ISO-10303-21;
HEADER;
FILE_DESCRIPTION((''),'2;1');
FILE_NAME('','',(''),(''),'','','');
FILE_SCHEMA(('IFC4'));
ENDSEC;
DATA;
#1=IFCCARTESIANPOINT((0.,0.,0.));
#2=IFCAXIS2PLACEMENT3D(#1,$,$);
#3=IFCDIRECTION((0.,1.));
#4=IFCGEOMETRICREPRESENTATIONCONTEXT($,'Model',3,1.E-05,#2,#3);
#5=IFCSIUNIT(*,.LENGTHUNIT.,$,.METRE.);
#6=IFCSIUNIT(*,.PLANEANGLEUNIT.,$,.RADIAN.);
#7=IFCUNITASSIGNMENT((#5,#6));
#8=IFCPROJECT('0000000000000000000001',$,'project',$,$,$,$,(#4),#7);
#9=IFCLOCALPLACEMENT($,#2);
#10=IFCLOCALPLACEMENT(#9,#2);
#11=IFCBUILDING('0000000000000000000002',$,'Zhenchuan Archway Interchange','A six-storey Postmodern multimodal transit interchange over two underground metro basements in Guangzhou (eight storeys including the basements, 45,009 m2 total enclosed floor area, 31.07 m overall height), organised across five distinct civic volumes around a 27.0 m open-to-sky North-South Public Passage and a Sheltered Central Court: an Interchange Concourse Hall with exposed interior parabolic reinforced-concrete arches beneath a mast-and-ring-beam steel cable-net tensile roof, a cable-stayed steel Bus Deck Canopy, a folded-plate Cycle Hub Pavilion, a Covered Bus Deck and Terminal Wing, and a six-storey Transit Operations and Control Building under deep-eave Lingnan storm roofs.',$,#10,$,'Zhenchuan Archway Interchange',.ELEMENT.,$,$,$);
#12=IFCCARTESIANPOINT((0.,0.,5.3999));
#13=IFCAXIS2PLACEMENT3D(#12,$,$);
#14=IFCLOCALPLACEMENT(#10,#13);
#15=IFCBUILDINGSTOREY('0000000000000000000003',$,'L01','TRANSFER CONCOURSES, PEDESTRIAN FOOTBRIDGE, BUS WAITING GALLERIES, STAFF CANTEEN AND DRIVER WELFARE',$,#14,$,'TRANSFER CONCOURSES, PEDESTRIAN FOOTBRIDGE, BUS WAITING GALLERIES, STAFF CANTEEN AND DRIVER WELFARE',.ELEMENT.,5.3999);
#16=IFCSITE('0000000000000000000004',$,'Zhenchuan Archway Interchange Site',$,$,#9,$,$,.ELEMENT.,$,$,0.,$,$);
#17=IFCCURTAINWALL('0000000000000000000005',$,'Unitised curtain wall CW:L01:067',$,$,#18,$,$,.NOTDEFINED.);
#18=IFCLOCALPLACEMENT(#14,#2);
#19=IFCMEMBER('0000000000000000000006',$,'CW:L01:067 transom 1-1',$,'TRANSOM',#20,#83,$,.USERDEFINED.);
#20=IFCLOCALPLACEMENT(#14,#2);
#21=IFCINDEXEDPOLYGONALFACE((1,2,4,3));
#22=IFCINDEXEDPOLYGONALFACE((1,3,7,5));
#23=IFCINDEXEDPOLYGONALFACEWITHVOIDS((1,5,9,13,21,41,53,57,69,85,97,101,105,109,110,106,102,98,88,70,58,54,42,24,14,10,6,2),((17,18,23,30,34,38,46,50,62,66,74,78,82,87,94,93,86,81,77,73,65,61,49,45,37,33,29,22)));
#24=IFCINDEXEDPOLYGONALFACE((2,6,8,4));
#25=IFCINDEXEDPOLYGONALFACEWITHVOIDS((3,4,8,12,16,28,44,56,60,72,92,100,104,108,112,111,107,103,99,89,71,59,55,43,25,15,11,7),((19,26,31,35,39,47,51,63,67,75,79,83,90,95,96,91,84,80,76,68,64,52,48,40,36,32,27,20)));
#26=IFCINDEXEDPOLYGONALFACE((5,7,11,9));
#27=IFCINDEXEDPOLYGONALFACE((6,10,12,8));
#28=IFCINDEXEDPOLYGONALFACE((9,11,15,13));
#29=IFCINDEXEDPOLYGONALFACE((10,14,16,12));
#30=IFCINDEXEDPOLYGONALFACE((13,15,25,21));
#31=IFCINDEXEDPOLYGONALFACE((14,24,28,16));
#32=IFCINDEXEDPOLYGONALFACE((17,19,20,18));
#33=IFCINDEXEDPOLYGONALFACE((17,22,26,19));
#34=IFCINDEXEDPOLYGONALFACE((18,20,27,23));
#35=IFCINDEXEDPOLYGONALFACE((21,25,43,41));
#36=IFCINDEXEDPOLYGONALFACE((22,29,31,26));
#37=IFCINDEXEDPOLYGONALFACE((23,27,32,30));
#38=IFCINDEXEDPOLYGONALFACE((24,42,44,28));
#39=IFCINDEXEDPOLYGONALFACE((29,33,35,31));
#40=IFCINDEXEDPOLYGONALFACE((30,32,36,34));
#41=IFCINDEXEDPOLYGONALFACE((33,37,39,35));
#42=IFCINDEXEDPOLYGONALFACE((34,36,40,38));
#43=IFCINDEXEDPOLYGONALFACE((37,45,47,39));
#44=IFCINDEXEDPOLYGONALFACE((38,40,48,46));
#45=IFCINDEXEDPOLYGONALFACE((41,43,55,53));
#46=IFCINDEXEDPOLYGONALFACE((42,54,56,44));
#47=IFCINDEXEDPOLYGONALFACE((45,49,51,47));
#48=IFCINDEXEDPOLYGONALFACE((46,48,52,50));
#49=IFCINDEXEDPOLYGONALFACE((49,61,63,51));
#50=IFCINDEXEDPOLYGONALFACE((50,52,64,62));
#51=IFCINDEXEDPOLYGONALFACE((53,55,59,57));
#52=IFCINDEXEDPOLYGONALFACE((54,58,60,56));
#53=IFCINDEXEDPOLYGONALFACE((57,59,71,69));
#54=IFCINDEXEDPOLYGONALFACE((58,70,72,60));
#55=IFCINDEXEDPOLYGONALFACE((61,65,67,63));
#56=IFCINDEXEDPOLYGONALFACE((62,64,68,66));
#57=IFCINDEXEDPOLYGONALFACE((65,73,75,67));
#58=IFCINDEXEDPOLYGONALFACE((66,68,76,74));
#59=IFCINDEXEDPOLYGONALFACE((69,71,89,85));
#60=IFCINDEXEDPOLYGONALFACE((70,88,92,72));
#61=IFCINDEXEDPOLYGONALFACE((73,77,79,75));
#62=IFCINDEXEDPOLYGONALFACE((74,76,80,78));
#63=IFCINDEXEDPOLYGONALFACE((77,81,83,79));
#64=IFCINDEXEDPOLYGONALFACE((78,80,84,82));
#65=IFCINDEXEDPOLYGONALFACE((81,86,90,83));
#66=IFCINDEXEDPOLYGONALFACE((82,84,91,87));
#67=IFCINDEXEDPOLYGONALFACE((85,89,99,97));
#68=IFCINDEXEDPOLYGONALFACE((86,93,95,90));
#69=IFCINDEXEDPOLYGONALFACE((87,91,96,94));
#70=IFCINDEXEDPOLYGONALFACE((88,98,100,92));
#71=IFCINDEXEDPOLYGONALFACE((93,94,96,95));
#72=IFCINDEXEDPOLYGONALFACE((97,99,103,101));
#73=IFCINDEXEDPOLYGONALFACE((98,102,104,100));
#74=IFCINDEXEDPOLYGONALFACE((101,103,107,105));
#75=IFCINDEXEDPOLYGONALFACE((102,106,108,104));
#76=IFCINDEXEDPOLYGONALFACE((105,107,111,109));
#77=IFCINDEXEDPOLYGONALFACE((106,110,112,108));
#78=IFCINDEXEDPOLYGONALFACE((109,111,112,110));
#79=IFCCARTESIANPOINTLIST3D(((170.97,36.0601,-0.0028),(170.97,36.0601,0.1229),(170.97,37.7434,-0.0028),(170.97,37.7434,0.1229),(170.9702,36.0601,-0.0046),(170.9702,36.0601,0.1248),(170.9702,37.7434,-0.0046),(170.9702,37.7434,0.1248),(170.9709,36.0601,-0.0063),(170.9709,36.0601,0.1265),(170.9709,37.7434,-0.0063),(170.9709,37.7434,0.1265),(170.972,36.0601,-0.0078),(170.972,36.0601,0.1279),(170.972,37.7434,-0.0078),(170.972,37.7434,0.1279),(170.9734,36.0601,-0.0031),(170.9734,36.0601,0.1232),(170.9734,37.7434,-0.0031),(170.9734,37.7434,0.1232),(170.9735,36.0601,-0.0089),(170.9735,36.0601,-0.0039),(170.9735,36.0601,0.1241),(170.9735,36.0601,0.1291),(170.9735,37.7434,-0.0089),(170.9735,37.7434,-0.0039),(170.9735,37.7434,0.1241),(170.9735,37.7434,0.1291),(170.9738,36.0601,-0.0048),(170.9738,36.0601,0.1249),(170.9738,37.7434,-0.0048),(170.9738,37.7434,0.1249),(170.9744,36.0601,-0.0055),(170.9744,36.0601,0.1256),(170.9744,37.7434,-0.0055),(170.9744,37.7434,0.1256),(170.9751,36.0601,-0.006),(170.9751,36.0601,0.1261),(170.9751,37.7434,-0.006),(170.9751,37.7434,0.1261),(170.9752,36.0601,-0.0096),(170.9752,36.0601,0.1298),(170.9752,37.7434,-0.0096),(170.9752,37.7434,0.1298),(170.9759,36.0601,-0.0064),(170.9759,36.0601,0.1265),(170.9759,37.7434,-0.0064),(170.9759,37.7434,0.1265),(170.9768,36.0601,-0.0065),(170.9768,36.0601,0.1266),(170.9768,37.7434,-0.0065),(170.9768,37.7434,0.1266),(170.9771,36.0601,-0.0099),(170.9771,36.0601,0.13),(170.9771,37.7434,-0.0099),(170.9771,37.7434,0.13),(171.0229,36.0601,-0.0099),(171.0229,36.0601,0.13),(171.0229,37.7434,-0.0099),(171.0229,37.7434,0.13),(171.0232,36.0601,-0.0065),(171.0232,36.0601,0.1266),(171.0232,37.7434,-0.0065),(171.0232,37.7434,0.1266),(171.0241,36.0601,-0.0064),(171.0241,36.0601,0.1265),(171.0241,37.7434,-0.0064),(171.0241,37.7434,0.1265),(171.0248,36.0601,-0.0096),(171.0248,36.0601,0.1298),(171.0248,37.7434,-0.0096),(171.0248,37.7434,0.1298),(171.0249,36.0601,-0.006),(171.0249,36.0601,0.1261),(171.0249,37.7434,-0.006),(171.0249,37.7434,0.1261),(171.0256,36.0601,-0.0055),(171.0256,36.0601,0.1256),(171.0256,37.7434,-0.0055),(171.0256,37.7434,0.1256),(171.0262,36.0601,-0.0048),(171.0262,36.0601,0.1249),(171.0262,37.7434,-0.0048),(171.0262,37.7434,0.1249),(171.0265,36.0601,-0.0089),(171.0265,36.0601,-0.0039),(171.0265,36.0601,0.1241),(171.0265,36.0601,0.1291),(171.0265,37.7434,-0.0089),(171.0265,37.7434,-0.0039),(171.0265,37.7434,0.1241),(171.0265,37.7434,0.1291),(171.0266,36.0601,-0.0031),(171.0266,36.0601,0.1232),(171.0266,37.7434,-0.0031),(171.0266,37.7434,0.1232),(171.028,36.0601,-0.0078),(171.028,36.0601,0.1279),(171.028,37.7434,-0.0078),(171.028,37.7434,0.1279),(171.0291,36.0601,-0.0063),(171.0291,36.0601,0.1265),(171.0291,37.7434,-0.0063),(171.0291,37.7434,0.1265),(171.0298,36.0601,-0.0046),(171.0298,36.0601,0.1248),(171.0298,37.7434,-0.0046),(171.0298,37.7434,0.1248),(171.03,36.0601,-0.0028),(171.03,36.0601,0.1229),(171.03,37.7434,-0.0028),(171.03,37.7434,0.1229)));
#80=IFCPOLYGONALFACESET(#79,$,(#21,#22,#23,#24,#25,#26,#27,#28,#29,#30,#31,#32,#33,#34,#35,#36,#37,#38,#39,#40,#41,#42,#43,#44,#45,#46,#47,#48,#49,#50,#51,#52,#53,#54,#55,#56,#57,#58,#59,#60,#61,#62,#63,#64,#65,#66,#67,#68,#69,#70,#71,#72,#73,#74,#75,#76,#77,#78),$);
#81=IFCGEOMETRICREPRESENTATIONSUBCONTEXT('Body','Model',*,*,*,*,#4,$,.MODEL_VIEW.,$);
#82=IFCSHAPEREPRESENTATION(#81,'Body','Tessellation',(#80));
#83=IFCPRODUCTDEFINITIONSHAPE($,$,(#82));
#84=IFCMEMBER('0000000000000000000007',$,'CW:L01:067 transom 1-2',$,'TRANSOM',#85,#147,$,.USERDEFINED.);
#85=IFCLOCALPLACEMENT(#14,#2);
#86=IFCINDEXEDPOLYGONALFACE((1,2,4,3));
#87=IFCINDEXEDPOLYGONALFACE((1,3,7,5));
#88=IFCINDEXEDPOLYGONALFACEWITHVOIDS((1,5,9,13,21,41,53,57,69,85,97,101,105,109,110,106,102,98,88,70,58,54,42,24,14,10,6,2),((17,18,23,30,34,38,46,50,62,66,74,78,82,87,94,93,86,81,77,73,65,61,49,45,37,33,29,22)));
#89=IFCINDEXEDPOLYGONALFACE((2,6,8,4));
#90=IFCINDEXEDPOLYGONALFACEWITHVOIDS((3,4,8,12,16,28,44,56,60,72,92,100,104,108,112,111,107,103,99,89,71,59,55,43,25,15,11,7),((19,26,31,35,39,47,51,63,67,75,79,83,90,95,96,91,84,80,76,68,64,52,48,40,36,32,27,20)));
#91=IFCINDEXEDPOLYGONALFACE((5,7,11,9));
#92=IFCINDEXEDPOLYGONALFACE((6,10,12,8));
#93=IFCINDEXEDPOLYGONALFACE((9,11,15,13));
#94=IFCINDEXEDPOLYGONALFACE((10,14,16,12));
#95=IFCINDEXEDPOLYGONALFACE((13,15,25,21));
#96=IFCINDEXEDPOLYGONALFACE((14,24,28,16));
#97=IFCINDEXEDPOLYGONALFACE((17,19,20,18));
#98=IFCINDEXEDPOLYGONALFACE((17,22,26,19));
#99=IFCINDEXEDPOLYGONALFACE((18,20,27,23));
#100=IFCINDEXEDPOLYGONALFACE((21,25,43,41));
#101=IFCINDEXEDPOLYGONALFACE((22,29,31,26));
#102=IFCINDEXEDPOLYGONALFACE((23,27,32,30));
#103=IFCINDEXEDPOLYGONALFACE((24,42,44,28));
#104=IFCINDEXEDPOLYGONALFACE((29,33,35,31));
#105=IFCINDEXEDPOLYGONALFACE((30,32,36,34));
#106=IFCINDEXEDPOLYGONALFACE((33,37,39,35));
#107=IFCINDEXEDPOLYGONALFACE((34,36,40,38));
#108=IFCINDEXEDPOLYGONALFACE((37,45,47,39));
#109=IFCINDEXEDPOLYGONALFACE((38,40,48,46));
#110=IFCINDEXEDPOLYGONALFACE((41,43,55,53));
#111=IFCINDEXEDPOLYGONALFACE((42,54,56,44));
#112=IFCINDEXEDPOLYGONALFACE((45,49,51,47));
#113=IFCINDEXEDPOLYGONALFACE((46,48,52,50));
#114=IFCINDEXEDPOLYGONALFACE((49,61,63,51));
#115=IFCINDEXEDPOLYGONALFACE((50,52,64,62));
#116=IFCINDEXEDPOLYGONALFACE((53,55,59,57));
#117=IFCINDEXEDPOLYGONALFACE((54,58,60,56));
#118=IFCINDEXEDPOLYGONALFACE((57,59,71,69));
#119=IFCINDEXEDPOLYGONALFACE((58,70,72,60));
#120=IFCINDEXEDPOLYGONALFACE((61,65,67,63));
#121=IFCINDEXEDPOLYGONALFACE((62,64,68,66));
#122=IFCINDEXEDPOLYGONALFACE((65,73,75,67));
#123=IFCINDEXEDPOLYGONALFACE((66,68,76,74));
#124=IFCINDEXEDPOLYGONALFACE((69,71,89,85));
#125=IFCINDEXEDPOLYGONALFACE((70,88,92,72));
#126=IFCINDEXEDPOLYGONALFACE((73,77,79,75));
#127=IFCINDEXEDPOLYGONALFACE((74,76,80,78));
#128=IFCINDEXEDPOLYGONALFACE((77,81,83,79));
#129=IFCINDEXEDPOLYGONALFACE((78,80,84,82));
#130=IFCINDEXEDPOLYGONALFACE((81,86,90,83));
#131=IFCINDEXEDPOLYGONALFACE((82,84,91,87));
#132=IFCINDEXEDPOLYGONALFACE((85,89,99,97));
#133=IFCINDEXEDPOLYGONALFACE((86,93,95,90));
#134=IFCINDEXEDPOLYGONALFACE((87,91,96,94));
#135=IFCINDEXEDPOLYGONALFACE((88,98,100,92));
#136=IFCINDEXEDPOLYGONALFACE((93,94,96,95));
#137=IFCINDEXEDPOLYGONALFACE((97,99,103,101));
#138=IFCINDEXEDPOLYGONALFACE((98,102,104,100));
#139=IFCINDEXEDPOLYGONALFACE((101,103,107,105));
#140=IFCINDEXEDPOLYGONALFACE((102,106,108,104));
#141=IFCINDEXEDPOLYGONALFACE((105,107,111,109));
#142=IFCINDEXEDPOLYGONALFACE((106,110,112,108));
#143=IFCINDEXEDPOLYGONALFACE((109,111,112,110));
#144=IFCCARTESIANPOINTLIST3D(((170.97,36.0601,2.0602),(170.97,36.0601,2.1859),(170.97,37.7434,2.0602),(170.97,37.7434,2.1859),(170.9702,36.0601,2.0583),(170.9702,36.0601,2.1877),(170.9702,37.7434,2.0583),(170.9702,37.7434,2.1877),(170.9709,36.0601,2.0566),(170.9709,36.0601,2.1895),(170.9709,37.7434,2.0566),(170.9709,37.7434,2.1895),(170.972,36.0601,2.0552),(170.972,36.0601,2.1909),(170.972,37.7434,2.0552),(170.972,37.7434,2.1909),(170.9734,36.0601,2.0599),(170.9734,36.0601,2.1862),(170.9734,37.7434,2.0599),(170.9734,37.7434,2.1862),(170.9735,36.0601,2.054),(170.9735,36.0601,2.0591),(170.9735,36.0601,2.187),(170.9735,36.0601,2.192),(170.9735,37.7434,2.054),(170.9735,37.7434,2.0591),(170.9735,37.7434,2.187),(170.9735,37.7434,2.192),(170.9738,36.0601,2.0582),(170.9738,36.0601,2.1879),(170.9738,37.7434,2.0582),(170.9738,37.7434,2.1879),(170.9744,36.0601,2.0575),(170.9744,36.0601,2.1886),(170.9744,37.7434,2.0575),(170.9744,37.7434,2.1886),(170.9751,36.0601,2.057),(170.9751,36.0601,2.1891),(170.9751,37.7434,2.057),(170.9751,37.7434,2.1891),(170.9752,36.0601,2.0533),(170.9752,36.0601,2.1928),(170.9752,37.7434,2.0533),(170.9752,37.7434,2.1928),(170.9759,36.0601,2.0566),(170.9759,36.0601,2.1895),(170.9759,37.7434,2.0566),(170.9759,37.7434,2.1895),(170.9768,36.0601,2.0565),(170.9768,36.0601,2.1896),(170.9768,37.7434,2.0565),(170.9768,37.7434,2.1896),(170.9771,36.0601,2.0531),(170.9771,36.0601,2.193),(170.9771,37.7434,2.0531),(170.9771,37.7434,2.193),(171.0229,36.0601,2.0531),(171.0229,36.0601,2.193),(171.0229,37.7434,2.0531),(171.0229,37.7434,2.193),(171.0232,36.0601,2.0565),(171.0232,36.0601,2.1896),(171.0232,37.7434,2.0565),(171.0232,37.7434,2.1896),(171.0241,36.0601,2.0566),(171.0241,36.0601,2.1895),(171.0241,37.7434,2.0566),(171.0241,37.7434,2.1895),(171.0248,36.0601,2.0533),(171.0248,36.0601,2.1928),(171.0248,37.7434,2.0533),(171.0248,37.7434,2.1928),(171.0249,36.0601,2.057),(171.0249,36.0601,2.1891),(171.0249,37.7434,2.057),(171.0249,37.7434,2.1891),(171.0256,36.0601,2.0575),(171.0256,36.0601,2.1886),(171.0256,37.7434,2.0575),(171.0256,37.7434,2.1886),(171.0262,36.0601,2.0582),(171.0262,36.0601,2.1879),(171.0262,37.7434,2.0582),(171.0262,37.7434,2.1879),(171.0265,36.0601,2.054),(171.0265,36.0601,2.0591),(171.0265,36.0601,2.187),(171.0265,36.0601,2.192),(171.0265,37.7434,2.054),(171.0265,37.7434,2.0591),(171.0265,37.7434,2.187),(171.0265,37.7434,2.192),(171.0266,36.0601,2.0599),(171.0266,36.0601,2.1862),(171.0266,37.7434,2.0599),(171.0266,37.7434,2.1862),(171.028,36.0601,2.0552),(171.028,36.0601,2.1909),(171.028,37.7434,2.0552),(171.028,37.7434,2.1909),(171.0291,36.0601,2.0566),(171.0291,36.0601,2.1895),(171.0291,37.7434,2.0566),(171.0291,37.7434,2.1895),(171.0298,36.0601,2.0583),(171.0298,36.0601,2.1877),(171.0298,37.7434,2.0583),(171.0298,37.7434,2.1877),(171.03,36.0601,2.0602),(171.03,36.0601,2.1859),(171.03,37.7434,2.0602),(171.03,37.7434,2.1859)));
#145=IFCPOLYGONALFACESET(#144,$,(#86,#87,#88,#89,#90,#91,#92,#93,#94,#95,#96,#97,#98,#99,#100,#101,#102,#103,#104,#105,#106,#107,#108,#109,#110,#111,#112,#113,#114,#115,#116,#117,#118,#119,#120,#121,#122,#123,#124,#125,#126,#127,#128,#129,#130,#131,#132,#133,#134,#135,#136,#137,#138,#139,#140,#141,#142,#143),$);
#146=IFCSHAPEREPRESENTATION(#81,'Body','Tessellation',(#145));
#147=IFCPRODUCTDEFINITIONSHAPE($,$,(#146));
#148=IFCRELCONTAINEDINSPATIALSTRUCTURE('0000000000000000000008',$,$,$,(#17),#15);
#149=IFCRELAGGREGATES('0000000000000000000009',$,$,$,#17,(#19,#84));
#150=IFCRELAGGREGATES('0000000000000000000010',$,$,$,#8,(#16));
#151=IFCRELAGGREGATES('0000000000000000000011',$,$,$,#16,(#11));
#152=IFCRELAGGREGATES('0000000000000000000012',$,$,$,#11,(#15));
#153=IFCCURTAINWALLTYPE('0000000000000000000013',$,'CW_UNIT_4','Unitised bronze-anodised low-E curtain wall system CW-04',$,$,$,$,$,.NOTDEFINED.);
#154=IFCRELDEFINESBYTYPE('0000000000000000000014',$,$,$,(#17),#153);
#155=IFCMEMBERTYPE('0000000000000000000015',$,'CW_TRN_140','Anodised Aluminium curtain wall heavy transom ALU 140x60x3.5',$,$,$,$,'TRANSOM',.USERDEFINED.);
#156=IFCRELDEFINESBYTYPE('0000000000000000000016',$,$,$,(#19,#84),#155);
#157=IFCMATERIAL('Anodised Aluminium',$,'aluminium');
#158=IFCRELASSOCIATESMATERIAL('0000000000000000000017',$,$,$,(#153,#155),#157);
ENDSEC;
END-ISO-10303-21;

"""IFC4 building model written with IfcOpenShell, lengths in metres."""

from ifc_helpers import new_model, si_unit, direction, frame, origin, origin_2d, place, context, subcontext, project, spatial, hollow_rectangle, extrude, material, material_profile, profile_set, type_object, element, aggregate, save


model = new_model("IFC4")

# Units and contexts
model_context = context("Model", 3, precision=1e-05, world=origin(), true_north=direction((0.0, 1.0)))
body_context = subcontext(model_context, "Body", "Model", "MODEL_VIEW")
ifc_project = project(units=[si_unit("LENGTHUNIT", "METRE"), si_unit("PLANEANGLEUNIT", "RADIAN")], contexts=[model_context])

# Site, building, storey
site_placement = place(None, origin())
site = spatial("IfcSite", under=ifc_project, at=site_placement, Name="Zhenchuan Archway Interchange Site", CompositionType="ELEMENT", RefElevation=0.0)
building_placement = place(site_placement, origin())
building = spatial("IfcBuilding", under=site, at=building_placement, Name="Zhenchuan Archway Interchange", Description="A six-storey Postmodern multimodal transit interchange over two underground metro basements in Guangzhou (eight storeys including the basements, 45,009 m2 total enclosed floor area, 31.07 m overall height), organised across five distinct civic volumes around a 27.0 m open-to-sky North-South Public Passage and a Sheltered Central Court: an Interchange Concourse Hall with exposed interior parabolic reinforced-concrete arches beneath a mast-and-ring-beam steel cable-net tensile roof, a cable-stayed steel Bus Deck Canopy, a folded-plate Cycle Hub Pavilion, a Covered Bus Deck and Terminal Wing, and a six-storey Transit Operations and Control Building under deep-eave Lingnan storm roofs.", LongName="Zhenchuan Archway Interchange", CompositionType="ELEMENT")
storey_placement = place(building_placement, frame((0.0, 0.0, 5.3999)))
storey = spatial("IfcBuildingStorey", under=building, at=storey_placement, Name="L01", Description="TRANSFER CONCOURSES, PEDESTRIAN FOOTBRIDGE, BUS WAITING GALLERIES, STAFF CANTEEN AND DRIVER WELFARE", LongName="TRANSFER CONCOURSES, PEDESTRIAN FOOTBRIDGE, BUS WAITING GALLERIES, STAFF CANTEEN AND DRIVER WELFARE", CompositionType="ELEMENT", Elevation=5.3999)

# Curtain wall, members
ifc_material_1 = material(Name="Anodised Aluminium", Category="aluminium")
curtain_wall_type = type_object("IfcCurtainWallType", Name="CW_UNIT_4", Description="Unitised bronze-anodised low-E curtain wall system CW-04", PredefinedType="NOTDEFINED", material=ifc_material_1)
curtain_wall_placement = place(storey_placement, origin())
curtain_wall = element("IfcCurtainWall", 1, at=curtain_wall_placement, inside=storey, type_object=curtain_wall_type, Name="Unitised curtain wall CW:L01:067", PredefinedType="NOTDEFINED")
ifc_material_profile_1 = material_profile(ifc_material_1, hollow_rectangle(XDim=0.0601, YDim=0.1399, WallThickness=0.0034, InnerFilletRadius=0.0034, OuterFilletRadius=0.0071, at=origin_2d()), Name="ALU 140x60x3.5")
ifc_profile_set_1 = profile_set([ifc_material_profile_1], Name="Anodised Aluminium")
member_type_1 = type_object("IfcMemberType", Name="CW_TRN_140", Description="Anodised Aluminium curtain wall heavy transom ALU 140x60x3.5", ElementType="TRANSOM", PredefinedType="USERDEFINED", material=ifc_profile_set_1)
member_1_placement = place(storey_placement, frame((171.0, 37.7434, 0.0601), z_axis=(0.0, -1.0, 0.0), x_axis=(1.0, 0.0, 0.0)))
member_1 = element("IfcMember", 2, at=member_1_placement, type_object=member_type_1, Name="CW:L01:067 transom 1-1", ObjectType="TRANSOM", PredefinedType="USERDEFINED", context=body_context, shape_type="SweptSolid", body=[
    extrude(hollow_rectangle(XDim=0.0601, YDim=0.1399, WallThickness=0.0034, InnerFilletRadius=0.0034, OuterFilletRadius=0.0071, at=origin_2d()), origin(), (0.0, 0.0, 1.0), 1.6833),
])
member_2_placement = place(storey_placement, frame((171.0, 37.7434, 2.123), z_axis=(0.0, -1.0, 0.0), x_axis=(1.0, 0.0, 0.0)))
member_2 = element("IfcMember", 3, at=member_2_placement, type_object=member_type_1, Name="CW:L01:067 transom 1-2", ObjectType="TRANSOM", PredefinedType="USERDEFINED", context=body_context, shape_type="SweptSolid", body=[
    extrude(hollow_rectangle(XDim=0.0601, YDim=0.1399, WallThickness=0.0034, InnerFilletRadius=0.0034, OuterFilletRadius=0.0071, at=origin_2d()), origin(), (0.0, 0.0, 1.0), 1.6833),
])
aggregate(curtain_wall, [member_1, member_2])

save(model, "model.ifc")
